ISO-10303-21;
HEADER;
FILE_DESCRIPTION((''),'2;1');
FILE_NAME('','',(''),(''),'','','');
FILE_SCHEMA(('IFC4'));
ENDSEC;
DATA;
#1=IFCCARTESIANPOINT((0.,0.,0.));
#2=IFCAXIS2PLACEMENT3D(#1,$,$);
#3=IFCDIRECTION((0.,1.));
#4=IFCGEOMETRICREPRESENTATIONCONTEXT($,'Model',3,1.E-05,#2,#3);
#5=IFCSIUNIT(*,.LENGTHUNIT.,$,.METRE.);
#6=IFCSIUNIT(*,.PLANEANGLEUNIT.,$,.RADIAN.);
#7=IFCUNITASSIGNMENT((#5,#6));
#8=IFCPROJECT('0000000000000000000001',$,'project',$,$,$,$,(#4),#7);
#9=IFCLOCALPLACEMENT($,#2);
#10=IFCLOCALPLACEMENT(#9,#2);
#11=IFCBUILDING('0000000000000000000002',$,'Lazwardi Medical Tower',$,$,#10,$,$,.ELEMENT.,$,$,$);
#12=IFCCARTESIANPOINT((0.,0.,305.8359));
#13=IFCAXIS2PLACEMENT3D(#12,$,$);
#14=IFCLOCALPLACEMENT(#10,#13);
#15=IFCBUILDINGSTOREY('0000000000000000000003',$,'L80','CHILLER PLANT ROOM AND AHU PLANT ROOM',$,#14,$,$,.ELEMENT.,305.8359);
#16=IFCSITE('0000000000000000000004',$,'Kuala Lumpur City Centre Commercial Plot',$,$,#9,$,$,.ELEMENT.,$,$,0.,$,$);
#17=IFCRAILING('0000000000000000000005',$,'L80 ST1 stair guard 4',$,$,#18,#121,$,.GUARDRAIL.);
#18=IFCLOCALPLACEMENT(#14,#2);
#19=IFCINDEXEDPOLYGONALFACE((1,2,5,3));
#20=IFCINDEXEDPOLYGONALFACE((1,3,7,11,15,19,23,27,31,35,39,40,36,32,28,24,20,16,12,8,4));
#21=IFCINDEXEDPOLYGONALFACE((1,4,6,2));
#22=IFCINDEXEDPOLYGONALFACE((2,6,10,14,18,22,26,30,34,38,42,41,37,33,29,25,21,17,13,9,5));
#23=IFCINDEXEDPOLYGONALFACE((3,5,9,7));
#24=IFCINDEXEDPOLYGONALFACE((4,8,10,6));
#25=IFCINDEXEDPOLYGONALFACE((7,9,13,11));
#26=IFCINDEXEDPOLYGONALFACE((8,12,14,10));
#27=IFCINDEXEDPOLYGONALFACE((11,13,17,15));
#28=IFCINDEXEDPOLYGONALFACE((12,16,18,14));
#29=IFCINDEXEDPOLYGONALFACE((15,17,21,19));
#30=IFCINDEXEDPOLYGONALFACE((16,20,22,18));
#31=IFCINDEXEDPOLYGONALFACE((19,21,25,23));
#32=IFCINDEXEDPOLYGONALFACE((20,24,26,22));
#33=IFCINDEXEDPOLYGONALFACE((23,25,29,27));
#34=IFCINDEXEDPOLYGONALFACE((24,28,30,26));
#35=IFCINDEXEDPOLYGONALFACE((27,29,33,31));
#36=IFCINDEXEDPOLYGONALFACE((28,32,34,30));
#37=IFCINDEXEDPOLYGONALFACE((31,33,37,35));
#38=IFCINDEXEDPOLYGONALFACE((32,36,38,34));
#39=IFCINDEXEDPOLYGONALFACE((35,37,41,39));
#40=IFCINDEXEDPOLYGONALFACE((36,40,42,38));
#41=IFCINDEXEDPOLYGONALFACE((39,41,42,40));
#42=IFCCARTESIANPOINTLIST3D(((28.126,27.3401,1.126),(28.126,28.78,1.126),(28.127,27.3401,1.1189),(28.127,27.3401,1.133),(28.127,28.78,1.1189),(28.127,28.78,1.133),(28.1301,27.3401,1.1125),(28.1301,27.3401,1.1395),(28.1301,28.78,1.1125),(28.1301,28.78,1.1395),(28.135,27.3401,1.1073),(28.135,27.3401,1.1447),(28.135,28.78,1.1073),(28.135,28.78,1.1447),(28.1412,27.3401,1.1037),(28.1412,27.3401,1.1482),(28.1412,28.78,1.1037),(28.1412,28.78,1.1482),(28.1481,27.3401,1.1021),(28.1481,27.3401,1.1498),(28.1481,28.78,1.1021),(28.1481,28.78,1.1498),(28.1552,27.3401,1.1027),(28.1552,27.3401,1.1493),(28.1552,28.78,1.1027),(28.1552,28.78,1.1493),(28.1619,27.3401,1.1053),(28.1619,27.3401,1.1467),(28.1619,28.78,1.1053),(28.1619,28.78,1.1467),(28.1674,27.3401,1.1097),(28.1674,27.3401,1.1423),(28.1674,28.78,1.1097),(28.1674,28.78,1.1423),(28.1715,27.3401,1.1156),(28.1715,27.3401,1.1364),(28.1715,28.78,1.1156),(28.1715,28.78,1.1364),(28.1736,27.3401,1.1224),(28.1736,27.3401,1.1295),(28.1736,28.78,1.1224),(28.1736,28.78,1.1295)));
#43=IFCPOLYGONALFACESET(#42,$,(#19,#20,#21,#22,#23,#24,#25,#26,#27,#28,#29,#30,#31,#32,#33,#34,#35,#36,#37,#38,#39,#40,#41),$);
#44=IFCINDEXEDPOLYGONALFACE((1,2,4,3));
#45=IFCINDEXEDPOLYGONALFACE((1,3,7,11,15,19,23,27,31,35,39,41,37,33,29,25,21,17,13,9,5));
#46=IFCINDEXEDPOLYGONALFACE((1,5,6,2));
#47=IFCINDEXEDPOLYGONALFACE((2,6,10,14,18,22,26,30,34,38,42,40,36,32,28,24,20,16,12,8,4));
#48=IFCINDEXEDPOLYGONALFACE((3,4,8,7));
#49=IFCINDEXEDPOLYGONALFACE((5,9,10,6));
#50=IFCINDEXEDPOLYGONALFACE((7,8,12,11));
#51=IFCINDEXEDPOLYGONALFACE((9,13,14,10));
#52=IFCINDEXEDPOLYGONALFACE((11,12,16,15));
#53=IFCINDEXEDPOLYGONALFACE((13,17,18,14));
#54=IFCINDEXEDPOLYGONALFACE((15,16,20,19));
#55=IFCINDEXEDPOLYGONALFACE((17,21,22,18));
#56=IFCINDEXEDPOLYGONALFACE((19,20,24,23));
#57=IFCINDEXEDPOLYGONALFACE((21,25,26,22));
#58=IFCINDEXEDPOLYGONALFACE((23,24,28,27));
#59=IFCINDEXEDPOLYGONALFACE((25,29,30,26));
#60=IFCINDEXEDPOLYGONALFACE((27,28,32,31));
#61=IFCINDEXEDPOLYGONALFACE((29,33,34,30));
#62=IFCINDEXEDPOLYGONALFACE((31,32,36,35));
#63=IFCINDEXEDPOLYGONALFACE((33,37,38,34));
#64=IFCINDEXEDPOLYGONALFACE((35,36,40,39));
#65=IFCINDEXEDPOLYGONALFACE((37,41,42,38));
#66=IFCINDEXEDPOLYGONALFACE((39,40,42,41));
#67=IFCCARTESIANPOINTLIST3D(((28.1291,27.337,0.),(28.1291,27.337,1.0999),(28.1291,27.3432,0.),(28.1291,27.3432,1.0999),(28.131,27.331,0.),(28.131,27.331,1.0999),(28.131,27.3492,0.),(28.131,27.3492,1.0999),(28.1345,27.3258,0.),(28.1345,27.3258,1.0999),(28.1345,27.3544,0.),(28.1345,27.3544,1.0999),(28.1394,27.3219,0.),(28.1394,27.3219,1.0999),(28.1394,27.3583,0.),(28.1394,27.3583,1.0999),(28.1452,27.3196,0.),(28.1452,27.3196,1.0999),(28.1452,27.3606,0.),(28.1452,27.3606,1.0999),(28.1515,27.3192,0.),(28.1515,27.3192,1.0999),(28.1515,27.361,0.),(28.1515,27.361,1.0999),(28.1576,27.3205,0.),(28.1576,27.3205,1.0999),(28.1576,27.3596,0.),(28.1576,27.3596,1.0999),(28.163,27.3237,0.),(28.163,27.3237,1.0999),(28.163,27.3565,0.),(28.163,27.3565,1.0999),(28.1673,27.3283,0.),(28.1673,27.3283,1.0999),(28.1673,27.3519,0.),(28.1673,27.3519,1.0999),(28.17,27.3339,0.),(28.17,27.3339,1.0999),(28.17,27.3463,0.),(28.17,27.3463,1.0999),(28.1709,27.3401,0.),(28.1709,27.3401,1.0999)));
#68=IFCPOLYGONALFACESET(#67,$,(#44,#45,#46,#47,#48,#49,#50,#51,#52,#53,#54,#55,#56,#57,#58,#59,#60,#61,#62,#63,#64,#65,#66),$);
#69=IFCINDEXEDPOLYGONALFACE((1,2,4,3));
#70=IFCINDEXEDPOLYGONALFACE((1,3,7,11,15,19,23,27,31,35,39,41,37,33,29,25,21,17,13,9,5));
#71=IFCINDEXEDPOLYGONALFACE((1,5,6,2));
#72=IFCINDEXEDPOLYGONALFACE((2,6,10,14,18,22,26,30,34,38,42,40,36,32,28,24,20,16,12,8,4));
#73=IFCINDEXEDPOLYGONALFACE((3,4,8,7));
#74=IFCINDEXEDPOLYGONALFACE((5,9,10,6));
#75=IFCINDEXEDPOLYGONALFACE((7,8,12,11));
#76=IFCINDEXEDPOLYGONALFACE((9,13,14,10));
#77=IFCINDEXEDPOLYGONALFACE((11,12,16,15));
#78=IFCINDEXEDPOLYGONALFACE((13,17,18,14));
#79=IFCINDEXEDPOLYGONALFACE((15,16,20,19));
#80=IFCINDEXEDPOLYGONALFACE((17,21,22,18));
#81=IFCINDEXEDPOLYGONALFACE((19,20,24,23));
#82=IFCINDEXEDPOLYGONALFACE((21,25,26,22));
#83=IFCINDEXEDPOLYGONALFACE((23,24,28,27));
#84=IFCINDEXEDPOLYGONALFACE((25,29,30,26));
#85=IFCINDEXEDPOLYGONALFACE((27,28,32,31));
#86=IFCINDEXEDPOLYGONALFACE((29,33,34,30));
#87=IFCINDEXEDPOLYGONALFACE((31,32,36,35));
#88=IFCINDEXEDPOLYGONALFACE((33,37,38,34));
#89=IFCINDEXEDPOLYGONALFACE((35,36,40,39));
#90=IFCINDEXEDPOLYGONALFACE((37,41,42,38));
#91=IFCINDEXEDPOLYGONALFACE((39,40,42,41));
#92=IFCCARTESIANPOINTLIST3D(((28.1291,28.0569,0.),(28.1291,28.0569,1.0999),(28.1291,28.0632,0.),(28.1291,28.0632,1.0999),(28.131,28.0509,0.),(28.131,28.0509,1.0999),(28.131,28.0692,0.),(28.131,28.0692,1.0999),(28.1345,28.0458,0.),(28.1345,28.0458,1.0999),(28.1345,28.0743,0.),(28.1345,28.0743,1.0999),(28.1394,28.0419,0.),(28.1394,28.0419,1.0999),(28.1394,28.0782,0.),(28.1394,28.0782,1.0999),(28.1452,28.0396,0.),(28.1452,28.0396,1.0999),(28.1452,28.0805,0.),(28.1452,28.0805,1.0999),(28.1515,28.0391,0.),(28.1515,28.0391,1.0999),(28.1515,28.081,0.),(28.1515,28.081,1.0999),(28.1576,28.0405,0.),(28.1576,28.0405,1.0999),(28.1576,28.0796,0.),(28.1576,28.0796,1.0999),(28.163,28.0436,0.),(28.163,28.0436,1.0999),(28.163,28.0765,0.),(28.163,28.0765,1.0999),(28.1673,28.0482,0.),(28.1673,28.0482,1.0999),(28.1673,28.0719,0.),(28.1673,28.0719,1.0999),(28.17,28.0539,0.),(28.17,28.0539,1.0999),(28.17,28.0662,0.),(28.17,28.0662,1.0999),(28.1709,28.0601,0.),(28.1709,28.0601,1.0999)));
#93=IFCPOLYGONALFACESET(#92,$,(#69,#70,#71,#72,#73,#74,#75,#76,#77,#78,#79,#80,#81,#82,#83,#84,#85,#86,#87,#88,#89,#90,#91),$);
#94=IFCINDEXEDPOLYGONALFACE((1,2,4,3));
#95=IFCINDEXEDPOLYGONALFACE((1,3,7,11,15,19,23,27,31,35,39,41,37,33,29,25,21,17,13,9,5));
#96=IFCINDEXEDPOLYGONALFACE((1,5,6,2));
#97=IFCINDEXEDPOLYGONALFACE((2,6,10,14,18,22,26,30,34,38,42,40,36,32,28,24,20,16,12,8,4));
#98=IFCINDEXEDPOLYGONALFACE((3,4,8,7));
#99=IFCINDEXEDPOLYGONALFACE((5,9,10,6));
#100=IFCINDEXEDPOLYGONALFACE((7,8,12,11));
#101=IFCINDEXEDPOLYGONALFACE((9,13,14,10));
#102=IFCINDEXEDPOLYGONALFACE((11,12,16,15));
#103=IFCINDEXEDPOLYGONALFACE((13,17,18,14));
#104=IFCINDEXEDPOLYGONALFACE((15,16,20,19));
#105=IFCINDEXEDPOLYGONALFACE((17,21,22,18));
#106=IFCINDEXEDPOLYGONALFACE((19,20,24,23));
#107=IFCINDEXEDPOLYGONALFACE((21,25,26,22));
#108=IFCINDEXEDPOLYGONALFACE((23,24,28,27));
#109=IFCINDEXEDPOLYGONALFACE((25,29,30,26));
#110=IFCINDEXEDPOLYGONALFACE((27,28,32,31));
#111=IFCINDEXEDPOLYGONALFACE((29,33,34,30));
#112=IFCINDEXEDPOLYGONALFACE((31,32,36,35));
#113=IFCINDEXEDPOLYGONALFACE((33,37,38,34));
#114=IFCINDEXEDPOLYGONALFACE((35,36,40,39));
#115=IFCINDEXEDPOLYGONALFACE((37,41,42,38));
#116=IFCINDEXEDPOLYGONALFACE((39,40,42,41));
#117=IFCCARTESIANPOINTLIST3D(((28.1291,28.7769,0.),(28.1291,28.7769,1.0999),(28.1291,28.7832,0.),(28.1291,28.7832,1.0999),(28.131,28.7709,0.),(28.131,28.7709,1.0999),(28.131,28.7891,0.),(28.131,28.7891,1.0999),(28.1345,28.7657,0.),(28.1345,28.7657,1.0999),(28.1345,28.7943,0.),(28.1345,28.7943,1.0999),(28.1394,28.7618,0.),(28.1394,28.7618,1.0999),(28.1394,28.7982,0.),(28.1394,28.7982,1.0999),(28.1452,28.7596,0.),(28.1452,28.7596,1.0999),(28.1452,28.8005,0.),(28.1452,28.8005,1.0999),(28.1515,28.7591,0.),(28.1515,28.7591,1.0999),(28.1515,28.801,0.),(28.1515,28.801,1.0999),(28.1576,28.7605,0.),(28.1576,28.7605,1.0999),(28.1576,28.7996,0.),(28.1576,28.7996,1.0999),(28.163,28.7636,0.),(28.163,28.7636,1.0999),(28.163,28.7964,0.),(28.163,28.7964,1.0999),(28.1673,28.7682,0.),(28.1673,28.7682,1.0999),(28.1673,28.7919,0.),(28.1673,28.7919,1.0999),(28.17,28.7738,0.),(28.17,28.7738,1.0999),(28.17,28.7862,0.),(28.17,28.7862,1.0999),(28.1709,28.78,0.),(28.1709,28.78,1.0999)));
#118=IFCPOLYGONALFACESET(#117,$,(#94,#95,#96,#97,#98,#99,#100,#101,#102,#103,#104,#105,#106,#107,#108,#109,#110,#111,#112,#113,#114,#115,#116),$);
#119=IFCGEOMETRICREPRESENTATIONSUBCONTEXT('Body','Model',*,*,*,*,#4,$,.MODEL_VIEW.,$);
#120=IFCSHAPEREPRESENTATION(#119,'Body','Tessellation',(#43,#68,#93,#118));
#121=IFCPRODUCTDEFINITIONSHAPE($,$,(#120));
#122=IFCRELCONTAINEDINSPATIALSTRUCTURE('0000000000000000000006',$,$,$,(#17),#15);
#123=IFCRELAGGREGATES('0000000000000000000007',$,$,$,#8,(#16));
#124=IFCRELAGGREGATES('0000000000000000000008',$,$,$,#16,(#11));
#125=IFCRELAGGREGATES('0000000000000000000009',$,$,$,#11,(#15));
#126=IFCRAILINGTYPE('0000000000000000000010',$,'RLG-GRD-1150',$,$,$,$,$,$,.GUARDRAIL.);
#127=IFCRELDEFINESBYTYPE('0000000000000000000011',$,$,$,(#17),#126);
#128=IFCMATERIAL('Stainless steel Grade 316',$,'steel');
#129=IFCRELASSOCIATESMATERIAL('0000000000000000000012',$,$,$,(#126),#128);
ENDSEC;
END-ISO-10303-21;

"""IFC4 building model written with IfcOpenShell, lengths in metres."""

from ifc_helpers import new_model, si_unit, direction, frame, origin, origin_2d, place, context, subcontext, project, spatial, circle, extrude, material, type_object, element, save


model = new_model("IFC4")

# Units and contexts
model_context = context("Model", 3, precision=1e-05, world=origin(), true_north=direction((0.0, 1.0)))
body_context = subcontext(model_context, "Body", "Model", "MODEL_VIEW")
ifc_project = project(units=[si_unit("LENGTHUNIT", "METRE"), si_unit("PLANEANGLEUNIT", "RADIAN")], contexts=[model_context])

# Site, building, storey
site_placement = place(None, origin())
site = spatial("IfcSite", under=ifc_project, at=site_placement, Name="Kuala Lumpur City Centre Commercial Plot", CompositionType="ELEMENT", RefElevation=0.0)
building_placement = place(site_placement, origin())
building = spatial("IfcBuilding", under=site, at=building_placement, Name="Lazwardi Medical Tower", CompositionType="ELEMENT")
storey_placement = place(building_placement, frame((0.0, 0.0, 305.8359)))
storey = spatial("IfcBuildingStorey", under=building, at=storey_placement, Name="L80", Description="CHILLER PLANT ROOM AND AHU PLANT ROOM", CompositionType="ELEMENT", Elevation=305.8359)

# Railing
ifc_material_1 = material(Name="Stainless steel Grade 316", Category="steel")
railing_type_1 = type_object("IfcRailingType", Name="RLG-GRD-1150", PredefinedType="GUARDRAIL", material=ifc_material_1)
railing_1_placement = place(storey_placement, frame((28.1499, 27.3401, 0.0)))
element("IfcRailing", 1, at=railing_1_placement, inside=storey, type_object=railing_type_1, Name="L80 ST1 stair guard 4", PredefinedType="GUARDRAIL", context=body_context, shape_type="SweptSolid", body=[
    extrude(circle(Radius=0.0239, at=origin_2d()), frame((0.0, 0.0, 1.126), z_axis=(0.0, 1.0, 0.0), x_axis=(-1.0, 0.0, 0.0)), (0.0, 0.0, 1.0), 1.4399),
    extrude(circle(Radius=0.021, at=origin_2d()), origin(), (0.0, 0.0, 1.0), 1.0999),
    extrude(circle(Radius=0.021, at=origin_2d()), frame((0.0, 0.72, 0.0)), (0.0, 0.0, 1.0), 1.0999),
    extrude(circle(Radius=0.021, at=origin_2d()), frame((0.0, 1.4399, 0.0)), (0.0, 0.0, 1.0), 1.0999),
])

save(model, "model.ifc")
